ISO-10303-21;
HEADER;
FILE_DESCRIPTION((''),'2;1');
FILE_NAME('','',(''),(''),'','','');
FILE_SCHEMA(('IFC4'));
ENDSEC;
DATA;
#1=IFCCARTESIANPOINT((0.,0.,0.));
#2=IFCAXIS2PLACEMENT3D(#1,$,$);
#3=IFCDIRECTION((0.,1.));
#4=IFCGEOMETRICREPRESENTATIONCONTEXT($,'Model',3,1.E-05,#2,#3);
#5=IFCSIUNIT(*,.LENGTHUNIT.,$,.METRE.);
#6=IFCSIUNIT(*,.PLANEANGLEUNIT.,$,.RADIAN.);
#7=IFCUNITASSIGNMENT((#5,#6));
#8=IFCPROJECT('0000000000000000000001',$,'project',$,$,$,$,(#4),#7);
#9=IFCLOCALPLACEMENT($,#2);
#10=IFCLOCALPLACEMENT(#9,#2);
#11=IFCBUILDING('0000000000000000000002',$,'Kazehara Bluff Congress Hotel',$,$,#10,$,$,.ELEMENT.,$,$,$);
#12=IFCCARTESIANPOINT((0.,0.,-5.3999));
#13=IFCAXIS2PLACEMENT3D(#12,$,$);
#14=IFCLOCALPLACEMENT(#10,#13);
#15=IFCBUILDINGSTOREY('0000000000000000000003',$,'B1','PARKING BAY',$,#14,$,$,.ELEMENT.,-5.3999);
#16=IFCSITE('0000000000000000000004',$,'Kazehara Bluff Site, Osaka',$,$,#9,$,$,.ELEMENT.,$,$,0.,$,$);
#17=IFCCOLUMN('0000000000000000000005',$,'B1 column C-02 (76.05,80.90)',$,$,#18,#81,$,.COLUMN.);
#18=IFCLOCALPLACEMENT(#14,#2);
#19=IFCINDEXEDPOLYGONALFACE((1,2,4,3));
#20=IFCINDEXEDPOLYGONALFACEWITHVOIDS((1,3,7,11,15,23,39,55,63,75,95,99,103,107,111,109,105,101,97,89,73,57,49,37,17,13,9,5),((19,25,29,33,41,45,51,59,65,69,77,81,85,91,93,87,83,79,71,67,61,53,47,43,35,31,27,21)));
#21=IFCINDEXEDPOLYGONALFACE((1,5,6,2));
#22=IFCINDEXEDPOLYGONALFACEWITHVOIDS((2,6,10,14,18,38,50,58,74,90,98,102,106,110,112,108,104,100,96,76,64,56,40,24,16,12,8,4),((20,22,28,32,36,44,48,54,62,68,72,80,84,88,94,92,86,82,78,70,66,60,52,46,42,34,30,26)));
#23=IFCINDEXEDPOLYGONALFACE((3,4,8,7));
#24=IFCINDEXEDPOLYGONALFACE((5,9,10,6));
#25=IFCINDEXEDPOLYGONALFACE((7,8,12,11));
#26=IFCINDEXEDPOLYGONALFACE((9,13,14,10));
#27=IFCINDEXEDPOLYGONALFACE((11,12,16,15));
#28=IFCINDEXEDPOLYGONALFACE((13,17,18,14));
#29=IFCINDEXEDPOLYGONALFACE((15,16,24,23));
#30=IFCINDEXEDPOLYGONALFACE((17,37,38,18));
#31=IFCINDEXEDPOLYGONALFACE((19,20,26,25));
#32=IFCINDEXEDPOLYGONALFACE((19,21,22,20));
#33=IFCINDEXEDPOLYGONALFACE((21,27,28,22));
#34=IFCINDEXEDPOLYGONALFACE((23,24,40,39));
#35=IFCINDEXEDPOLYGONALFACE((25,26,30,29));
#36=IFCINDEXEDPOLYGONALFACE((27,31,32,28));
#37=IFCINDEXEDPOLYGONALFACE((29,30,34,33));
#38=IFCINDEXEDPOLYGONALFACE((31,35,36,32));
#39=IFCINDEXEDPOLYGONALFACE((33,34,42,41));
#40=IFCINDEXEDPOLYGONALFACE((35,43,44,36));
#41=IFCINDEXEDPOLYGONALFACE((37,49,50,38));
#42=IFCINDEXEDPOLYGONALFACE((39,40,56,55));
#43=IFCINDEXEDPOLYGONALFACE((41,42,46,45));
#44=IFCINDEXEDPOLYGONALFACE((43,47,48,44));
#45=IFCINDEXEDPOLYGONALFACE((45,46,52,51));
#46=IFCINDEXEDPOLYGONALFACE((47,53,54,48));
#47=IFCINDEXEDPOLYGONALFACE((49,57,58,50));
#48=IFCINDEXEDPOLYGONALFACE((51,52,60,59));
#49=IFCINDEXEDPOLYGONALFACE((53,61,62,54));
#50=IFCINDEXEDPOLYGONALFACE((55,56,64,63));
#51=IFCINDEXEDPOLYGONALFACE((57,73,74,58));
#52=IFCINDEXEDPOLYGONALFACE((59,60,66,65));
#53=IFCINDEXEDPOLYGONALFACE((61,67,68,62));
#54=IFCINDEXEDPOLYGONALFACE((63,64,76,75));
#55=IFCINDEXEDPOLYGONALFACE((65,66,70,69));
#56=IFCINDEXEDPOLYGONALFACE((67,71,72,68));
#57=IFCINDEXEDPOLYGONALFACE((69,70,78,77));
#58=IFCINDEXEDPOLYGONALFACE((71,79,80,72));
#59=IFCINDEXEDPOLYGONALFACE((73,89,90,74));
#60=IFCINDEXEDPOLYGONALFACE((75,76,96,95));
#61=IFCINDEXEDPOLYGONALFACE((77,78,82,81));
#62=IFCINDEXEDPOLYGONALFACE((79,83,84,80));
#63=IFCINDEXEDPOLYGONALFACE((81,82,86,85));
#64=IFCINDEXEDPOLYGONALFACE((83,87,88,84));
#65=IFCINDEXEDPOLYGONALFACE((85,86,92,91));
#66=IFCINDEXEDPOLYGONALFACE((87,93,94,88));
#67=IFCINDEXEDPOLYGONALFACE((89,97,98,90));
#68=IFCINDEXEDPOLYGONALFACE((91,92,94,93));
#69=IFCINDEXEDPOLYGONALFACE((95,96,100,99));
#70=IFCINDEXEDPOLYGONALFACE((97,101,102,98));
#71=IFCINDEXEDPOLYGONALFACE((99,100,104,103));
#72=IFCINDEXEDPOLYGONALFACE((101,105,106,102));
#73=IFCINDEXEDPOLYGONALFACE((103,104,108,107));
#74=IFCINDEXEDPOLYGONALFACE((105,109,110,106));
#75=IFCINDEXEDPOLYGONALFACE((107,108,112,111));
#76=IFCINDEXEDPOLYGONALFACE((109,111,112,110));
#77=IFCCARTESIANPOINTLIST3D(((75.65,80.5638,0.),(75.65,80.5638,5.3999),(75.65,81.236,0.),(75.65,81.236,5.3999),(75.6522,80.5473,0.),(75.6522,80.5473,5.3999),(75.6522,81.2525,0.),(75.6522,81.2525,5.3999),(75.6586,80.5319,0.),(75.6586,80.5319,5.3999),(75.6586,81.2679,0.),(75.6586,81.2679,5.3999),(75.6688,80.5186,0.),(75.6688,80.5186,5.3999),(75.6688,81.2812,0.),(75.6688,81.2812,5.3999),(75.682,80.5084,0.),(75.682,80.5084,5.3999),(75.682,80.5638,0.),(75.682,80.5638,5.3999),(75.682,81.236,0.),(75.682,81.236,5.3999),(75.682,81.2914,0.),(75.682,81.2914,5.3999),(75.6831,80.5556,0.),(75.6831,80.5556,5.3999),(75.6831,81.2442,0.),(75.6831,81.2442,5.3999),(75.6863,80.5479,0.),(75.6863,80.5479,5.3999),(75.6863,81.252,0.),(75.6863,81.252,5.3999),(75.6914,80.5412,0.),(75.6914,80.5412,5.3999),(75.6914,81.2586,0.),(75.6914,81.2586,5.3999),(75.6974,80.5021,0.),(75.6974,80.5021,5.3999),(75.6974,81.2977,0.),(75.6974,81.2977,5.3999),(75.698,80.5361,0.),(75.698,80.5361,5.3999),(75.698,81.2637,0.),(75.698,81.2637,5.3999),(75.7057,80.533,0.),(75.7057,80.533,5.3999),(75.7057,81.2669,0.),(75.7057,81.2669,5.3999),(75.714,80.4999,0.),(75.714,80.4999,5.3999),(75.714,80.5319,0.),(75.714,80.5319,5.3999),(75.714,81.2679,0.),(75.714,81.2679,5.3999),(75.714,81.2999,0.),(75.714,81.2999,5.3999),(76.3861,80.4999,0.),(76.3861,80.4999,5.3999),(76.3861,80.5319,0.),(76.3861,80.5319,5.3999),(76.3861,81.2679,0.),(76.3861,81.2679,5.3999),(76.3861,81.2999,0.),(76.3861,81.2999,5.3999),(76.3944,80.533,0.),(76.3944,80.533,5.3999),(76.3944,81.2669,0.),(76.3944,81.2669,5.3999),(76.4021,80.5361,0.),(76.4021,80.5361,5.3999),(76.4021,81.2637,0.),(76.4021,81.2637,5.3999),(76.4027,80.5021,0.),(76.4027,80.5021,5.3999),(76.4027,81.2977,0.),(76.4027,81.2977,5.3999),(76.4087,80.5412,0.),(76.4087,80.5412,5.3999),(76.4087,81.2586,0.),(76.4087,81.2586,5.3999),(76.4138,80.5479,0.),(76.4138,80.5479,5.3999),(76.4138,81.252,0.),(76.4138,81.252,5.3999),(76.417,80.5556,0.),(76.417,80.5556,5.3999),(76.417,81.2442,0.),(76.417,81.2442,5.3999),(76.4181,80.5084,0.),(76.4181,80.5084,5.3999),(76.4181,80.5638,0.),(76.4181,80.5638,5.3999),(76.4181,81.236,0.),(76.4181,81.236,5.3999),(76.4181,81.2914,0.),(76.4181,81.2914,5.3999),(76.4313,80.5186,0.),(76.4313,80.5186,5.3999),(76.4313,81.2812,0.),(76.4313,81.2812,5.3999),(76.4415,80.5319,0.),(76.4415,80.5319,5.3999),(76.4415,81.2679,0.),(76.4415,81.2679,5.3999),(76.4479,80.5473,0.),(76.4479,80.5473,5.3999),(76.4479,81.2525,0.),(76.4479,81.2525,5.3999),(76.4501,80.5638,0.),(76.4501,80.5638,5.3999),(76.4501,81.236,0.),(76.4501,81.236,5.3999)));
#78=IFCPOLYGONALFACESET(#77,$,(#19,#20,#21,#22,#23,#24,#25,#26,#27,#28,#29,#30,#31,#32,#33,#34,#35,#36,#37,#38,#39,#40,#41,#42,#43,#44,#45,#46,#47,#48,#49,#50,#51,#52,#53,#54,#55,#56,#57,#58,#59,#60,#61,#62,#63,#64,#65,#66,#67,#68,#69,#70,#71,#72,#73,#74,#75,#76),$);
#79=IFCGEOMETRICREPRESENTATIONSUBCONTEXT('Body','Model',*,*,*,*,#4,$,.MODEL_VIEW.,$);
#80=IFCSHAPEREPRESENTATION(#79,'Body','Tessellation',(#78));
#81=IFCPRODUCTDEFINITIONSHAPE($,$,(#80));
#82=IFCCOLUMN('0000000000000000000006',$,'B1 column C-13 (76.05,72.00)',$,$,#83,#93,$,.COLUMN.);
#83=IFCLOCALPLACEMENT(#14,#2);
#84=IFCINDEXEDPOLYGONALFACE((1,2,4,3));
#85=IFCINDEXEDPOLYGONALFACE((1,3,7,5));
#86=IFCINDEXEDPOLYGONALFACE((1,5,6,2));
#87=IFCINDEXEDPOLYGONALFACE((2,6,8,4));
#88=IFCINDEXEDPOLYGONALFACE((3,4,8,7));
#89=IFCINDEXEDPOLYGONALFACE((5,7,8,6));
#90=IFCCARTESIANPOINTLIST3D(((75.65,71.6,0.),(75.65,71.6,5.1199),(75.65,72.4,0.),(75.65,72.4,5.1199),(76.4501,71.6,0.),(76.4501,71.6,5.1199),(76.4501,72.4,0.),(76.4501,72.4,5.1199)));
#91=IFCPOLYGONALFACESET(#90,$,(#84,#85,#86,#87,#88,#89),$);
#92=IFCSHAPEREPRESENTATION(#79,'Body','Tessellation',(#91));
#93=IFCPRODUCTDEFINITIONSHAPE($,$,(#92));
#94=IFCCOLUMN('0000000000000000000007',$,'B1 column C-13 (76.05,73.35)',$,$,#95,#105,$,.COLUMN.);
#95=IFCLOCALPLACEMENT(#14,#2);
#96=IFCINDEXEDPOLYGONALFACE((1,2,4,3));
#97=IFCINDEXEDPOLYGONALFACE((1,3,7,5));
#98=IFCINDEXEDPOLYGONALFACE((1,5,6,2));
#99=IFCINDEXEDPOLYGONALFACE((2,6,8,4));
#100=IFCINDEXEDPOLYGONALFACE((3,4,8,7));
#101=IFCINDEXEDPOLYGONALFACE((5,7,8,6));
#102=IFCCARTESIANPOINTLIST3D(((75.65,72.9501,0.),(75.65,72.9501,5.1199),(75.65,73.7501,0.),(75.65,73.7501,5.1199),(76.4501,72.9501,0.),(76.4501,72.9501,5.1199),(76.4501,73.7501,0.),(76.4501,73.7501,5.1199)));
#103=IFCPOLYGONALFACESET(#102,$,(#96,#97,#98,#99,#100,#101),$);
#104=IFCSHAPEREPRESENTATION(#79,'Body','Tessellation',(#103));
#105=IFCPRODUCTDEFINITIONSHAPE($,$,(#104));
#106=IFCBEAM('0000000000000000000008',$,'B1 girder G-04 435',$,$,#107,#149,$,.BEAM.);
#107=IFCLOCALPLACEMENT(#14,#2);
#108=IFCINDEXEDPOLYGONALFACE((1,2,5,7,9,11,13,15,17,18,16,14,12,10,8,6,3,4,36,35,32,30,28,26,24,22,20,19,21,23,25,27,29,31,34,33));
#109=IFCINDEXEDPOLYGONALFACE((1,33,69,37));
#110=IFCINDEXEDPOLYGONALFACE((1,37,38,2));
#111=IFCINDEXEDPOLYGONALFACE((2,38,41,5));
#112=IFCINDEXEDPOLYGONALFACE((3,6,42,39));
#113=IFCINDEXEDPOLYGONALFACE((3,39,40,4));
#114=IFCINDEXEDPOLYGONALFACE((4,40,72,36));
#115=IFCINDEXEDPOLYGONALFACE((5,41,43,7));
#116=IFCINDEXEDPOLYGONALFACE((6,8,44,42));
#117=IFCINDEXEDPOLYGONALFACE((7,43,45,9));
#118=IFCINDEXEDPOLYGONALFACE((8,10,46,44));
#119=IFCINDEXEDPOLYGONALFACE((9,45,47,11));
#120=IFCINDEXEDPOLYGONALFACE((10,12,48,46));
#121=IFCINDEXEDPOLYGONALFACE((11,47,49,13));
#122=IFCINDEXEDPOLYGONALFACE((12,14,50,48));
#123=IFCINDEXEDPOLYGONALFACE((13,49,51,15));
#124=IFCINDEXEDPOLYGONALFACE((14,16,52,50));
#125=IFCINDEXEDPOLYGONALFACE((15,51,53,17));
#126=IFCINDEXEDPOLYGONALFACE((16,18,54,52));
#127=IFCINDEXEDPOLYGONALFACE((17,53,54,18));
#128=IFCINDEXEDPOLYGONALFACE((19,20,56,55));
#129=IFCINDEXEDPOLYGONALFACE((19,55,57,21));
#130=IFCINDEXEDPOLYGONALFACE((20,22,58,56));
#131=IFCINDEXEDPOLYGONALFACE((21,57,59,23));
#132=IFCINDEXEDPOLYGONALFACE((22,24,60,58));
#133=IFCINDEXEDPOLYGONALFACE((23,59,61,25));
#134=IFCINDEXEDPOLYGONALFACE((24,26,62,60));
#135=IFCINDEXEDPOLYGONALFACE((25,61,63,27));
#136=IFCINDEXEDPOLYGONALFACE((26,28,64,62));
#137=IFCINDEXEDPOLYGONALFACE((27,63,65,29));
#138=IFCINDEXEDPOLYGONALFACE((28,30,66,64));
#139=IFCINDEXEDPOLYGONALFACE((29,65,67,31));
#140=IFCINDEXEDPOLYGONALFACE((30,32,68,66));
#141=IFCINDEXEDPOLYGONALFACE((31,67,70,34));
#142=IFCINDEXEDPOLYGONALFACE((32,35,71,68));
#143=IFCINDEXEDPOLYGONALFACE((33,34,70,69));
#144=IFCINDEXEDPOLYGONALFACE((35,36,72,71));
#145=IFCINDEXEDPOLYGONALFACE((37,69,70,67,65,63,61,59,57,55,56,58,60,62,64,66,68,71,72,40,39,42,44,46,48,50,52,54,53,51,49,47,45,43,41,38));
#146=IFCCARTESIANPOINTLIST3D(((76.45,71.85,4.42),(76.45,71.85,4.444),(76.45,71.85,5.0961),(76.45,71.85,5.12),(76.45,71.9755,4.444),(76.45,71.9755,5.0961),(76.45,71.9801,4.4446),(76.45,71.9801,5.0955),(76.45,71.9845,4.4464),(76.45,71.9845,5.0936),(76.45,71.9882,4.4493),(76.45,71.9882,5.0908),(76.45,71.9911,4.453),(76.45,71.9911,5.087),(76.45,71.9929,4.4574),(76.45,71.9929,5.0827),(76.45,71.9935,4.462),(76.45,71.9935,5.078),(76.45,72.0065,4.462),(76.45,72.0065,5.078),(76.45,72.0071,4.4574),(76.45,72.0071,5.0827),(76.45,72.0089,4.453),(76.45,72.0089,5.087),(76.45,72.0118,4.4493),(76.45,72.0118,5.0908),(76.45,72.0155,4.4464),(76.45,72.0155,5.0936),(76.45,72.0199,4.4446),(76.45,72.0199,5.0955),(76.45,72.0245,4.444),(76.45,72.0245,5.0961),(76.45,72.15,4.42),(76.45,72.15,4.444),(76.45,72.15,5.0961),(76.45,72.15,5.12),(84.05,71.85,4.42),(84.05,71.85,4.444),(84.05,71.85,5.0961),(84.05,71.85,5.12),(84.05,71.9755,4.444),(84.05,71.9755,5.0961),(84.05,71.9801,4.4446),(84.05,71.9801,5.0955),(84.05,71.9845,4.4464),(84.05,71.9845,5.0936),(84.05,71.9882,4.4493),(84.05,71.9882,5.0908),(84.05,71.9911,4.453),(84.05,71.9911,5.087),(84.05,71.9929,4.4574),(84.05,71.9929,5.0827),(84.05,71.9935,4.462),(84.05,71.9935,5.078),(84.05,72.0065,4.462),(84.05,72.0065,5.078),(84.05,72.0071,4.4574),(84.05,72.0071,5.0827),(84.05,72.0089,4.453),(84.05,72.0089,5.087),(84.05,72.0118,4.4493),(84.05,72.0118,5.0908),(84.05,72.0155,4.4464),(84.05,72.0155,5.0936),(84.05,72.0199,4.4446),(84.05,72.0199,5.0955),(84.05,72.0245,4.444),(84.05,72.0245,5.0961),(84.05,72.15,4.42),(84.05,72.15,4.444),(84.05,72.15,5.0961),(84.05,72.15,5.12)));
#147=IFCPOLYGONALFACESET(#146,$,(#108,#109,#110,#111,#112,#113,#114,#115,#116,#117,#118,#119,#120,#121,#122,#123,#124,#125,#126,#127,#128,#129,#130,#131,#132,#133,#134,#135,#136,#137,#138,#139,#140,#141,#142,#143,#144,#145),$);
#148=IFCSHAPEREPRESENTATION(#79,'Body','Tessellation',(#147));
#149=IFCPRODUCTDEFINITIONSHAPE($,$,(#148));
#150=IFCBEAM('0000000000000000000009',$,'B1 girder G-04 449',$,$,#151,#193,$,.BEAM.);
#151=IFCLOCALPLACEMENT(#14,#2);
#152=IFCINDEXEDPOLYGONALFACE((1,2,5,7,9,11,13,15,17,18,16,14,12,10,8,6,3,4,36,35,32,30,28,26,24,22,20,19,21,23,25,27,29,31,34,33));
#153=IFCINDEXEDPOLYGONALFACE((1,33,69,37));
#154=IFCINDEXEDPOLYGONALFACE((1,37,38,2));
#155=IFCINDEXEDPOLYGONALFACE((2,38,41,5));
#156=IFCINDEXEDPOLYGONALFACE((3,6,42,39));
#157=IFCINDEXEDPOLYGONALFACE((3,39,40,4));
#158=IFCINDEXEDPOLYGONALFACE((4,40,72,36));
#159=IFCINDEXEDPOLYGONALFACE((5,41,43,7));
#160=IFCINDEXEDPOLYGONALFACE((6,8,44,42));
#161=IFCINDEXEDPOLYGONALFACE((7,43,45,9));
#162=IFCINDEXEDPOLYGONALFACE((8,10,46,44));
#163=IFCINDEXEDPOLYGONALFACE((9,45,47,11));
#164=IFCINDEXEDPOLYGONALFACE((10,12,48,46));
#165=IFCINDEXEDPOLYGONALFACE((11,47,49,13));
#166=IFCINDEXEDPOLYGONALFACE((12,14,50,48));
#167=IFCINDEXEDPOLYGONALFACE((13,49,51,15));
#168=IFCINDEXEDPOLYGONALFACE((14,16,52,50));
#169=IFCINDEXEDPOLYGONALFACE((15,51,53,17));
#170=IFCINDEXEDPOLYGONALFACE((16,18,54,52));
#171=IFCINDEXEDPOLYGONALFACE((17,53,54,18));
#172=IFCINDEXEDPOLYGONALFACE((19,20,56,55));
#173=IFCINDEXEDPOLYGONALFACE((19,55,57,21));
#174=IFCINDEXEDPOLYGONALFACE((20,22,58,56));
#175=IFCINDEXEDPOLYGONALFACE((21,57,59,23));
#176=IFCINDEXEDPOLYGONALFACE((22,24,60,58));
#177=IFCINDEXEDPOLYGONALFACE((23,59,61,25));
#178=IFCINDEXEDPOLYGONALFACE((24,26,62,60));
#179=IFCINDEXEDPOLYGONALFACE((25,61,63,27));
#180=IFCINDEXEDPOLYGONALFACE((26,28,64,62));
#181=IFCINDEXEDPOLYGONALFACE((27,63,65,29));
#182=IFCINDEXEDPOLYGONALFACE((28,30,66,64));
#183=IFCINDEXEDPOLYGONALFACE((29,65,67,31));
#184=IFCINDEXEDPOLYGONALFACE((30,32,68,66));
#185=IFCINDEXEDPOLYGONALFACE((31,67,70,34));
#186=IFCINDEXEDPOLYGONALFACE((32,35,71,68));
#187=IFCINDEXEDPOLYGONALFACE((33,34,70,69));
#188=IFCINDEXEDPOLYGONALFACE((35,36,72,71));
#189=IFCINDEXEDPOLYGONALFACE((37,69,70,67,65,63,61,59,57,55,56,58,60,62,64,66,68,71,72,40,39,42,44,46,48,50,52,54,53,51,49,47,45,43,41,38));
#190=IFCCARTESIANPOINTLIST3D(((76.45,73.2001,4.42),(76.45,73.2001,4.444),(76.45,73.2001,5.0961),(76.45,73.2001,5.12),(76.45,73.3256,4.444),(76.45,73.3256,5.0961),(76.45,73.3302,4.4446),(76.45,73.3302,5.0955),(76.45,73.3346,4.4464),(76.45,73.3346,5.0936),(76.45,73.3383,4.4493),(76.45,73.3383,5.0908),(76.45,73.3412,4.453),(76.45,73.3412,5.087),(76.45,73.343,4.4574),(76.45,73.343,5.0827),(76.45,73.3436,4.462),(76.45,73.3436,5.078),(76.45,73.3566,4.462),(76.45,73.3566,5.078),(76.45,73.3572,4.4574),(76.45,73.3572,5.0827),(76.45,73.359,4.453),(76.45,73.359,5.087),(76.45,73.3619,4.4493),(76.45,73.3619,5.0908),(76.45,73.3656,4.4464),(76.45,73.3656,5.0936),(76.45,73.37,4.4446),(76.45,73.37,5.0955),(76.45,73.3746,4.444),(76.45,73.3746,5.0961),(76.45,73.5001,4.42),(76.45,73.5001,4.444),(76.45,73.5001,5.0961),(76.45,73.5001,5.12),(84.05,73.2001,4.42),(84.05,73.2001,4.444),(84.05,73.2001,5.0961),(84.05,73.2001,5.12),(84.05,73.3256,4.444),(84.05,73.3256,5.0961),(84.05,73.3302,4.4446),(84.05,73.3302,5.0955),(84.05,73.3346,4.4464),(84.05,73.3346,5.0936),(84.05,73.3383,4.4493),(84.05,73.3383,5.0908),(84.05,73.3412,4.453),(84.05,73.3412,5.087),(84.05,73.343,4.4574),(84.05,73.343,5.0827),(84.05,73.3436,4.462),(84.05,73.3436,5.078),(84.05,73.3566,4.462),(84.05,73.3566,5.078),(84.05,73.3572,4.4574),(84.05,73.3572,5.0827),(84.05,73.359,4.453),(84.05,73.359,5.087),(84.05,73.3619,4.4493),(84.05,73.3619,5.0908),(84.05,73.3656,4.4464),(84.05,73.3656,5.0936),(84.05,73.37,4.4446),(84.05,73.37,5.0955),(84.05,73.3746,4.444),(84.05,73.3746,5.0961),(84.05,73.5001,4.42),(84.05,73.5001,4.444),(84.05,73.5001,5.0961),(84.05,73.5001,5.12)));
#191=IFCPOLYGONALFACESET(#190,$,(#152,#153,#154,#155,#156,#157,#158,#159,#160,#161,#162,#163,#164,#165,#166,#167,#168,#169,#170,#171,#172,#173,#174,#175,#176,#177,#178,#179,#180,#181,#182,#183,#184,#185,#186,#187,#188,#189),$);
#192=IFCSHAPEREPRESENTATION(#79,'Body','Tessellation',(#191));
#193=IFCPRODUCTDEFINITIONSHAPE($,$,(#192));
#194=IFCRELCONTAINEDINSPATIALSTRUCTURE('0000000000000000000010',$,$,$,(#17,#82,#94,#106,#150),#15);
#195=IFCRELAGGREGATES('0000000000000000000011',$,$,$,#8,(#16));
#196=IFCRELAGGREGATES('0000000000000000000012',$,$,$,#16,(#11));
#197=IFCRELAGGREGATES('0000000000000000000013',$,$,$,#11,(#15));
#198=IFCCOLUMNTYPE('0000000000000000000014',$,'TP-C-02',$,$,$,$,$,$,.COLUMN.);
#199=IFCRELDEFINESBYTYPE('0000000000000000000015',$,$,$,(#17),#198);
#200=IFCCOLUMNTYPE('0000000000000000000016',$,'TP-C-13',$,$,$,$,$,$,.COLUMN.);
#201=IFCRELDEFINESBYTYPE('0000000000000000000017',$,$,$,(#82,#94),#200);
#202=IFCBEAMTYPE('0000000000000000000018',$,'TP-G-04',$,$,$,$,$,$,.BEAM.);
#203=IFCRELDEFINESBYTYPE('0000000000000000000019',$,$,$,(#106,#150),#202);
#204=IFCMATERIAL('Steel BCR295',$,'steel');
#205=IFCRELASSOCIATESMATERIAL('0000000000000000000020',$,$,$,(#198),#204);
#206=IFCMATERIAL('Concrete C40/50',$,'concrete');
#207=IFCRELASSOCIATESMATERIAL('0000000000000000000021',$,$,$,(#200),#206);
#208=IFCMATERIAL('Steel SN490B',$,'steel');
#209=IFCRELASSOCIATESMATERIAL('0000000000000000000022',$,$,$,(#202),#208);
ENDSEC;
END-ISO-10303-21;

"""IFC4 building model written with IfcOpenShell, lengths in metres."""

from ifc_helpers import new_model, si_unit, direction, frame, origin, origin_2d, place, context, subcontext, project, spatial, rectangle, hollow_rectangle, i_section, extrude, material, material_profile, profile_set, type_object, element, save


model = new_model("IFC4")

# Units and contexts
model_context = context("Model", 3, precision=1e-05, world=origin(), true_north=direction((0.0, 1.0)))
body_context = subcontext(model_context, "Body", "Model", "MODEL_VIEW")
ifc_project = project(units=[si_unit("LENGTHUNIT", "METRE"), si_unit("PLANEANGLEUNIT", "RADIAN")], contexts=[model_context])

# Site, building, storey
site_placement = place(None, origin())
site = spatial("IfcSite", under=ifc_project, at=site_placement, Name="Kazehara Bluff Site, Osaka", CompositionType="ELEMENT", RefElevation=0.0)
building_placement = place(site_placement, origin())
building = spatial("IfcBuilding", under=site, at=building_placement, Name="Kazehara Bluff Congress Hotel", CompositionType="ELEMENT")
storey_placement = place(building_placement, frame((0.0, 0.0, -5.3999)))
storey = spatial("IfcBuildingStorey", under=building, at=storey_placement, Name="B1", Description="PARKING BAY", CompositionType="ELEMENT", Elevation=-5.3999)

# Columns
ifc_material_1 = material(Name="Steel BCR295", Category="steel")
ifc_material_profile_1 = material_profile(ifc_material_1, hollow_rectangle(XDim=0.8, YDim=0.8, WallThickness=0.032, InnerFilletRadius=0.032, OuterFilletRadius=0.064, at=origin_2d()))
ifc_profile_set_1 = profile_set([ifc_material_profile_1], Name="Steel BCR295")
column_type_1 = type_object("IfcColumnType", Name="TP-C-02", PredefinedType="COLUMN", material=ifc_profile_set_1)
column_placement = place(storey_placement, frame((76.05, 80.8999, 0.0), z_axis=(0.0, 0.0, 1.0), x_axis=(1.0, 0.0, 0.0)))
element("IfcColumn", 1, at=column_placement, inside=storey, type_object=column_type_1, Name="B1 column C-02 (76.05,80.90)", PredefinedType="COLUMN", context=body_context, shape_type="SweptSolid", body=[
    extrude(hollow_rectangle(XDim=0.8, YDim=0.8, WallThickness=0.032, InnerFilletRadius=0.032, OuterFilletRadius=0.064, at=origin_2d()), origin(), (0.0, 0.0, 1.0), 5.3999),
])
ifc_material_2 = material(Name="Concrete C40/50", Category="concrete")
ifc_material_profile_2 = material_profile(ifc_material_2, rectangle(XDim=0.8, YDim=0.8, at=origin_2d()))
ifc_profile_set_2 = profile_set([ifc_material_profile_2], Name="Concrete C40/50")
column_type_2 = type_object("IfcColumnType", Name="TP-C-13", PredefinedType="COLUMN", material=ifc_profile_set_2)
for number, where, z_axis, x_axis, name in (
    (2, (76.05, 72.0, 0.0), (0.0, 0.0, 1.0), (1.0, 0.0, 0.0), "B1 column C-13 (76.05,72.00)"),
    (3, (76.05, 73.3501, 0.0), (0.0, 0.0, 1.0), (1.0, 0.0, 0.0), "B1 column C-13 (76.05,73.35)"),
):
    element("IfcColumn", number, at=place(storey_placement, frame(where, z_axis=z_axis, x_axis=x_axis)), inside=storey, type_object=column_type_2, Name=name, PredefinedType="COLUMN", context=body_context, shape_type="SweptSolid", body=[
        extrude(rectangle(XDim=0.8, YDim=0.8, at=origin_2d()), origin(), (0.0, 0.0, 1.0), 5.1199),
    ])

# Beams
ifc_material_3 = material(Name="Steel SN490B", Category="steel")
ifc_material_profile_3 = material_profile(ifc_material_3, i_section(OverallWidth=0.3, OverallDepth=0.7, WebThickness=0.0129, FlangeThickness=0.0239, FilletRadius=0.0181, at=origin_2d()))
ifc_profile_set_3 = profile_set([ifc_material_profile_3], Name="Steel SN490B")
beam_type_1 = type_object("IfcBeamType", Name="TP-G-04", PredefinedType="BEAM", material=ifc_profile_set_3)
for number, where, z_axis, x_axis, name in (
    (4, (76.45, 72.0, 4.77), (1.0, 0.0, 0.0), (0.0, 1.0, 0.0), "B1 girder G-04 435"),
    (5, (76.45, 73.3501, 4.77), (1.0, 0.0, 0.0), (0.0, 1.0, 0.0), "B1 girder G-04 449"),
):
    element("IfcBeam", number, at=place(storey_placement, frame(where, z_axis=z_axis, x_axis=x_axis)), inside=storey, type_object=beam_type_1, Name=name, PredefinedType="BEAM", context=body_context, shape_type="SweptSolid", body=[
        extrude(i_section(OverallWidth=0.3, OverallDepth=0.7, WebThickness=0.0129, FlangeThickness=0.0239, FilletRadius=0.0181, at=origin_2d()), origin(), (0.0, 0.0, 1.0), 7.6001),
    ])

save(model, "model.ifc")
